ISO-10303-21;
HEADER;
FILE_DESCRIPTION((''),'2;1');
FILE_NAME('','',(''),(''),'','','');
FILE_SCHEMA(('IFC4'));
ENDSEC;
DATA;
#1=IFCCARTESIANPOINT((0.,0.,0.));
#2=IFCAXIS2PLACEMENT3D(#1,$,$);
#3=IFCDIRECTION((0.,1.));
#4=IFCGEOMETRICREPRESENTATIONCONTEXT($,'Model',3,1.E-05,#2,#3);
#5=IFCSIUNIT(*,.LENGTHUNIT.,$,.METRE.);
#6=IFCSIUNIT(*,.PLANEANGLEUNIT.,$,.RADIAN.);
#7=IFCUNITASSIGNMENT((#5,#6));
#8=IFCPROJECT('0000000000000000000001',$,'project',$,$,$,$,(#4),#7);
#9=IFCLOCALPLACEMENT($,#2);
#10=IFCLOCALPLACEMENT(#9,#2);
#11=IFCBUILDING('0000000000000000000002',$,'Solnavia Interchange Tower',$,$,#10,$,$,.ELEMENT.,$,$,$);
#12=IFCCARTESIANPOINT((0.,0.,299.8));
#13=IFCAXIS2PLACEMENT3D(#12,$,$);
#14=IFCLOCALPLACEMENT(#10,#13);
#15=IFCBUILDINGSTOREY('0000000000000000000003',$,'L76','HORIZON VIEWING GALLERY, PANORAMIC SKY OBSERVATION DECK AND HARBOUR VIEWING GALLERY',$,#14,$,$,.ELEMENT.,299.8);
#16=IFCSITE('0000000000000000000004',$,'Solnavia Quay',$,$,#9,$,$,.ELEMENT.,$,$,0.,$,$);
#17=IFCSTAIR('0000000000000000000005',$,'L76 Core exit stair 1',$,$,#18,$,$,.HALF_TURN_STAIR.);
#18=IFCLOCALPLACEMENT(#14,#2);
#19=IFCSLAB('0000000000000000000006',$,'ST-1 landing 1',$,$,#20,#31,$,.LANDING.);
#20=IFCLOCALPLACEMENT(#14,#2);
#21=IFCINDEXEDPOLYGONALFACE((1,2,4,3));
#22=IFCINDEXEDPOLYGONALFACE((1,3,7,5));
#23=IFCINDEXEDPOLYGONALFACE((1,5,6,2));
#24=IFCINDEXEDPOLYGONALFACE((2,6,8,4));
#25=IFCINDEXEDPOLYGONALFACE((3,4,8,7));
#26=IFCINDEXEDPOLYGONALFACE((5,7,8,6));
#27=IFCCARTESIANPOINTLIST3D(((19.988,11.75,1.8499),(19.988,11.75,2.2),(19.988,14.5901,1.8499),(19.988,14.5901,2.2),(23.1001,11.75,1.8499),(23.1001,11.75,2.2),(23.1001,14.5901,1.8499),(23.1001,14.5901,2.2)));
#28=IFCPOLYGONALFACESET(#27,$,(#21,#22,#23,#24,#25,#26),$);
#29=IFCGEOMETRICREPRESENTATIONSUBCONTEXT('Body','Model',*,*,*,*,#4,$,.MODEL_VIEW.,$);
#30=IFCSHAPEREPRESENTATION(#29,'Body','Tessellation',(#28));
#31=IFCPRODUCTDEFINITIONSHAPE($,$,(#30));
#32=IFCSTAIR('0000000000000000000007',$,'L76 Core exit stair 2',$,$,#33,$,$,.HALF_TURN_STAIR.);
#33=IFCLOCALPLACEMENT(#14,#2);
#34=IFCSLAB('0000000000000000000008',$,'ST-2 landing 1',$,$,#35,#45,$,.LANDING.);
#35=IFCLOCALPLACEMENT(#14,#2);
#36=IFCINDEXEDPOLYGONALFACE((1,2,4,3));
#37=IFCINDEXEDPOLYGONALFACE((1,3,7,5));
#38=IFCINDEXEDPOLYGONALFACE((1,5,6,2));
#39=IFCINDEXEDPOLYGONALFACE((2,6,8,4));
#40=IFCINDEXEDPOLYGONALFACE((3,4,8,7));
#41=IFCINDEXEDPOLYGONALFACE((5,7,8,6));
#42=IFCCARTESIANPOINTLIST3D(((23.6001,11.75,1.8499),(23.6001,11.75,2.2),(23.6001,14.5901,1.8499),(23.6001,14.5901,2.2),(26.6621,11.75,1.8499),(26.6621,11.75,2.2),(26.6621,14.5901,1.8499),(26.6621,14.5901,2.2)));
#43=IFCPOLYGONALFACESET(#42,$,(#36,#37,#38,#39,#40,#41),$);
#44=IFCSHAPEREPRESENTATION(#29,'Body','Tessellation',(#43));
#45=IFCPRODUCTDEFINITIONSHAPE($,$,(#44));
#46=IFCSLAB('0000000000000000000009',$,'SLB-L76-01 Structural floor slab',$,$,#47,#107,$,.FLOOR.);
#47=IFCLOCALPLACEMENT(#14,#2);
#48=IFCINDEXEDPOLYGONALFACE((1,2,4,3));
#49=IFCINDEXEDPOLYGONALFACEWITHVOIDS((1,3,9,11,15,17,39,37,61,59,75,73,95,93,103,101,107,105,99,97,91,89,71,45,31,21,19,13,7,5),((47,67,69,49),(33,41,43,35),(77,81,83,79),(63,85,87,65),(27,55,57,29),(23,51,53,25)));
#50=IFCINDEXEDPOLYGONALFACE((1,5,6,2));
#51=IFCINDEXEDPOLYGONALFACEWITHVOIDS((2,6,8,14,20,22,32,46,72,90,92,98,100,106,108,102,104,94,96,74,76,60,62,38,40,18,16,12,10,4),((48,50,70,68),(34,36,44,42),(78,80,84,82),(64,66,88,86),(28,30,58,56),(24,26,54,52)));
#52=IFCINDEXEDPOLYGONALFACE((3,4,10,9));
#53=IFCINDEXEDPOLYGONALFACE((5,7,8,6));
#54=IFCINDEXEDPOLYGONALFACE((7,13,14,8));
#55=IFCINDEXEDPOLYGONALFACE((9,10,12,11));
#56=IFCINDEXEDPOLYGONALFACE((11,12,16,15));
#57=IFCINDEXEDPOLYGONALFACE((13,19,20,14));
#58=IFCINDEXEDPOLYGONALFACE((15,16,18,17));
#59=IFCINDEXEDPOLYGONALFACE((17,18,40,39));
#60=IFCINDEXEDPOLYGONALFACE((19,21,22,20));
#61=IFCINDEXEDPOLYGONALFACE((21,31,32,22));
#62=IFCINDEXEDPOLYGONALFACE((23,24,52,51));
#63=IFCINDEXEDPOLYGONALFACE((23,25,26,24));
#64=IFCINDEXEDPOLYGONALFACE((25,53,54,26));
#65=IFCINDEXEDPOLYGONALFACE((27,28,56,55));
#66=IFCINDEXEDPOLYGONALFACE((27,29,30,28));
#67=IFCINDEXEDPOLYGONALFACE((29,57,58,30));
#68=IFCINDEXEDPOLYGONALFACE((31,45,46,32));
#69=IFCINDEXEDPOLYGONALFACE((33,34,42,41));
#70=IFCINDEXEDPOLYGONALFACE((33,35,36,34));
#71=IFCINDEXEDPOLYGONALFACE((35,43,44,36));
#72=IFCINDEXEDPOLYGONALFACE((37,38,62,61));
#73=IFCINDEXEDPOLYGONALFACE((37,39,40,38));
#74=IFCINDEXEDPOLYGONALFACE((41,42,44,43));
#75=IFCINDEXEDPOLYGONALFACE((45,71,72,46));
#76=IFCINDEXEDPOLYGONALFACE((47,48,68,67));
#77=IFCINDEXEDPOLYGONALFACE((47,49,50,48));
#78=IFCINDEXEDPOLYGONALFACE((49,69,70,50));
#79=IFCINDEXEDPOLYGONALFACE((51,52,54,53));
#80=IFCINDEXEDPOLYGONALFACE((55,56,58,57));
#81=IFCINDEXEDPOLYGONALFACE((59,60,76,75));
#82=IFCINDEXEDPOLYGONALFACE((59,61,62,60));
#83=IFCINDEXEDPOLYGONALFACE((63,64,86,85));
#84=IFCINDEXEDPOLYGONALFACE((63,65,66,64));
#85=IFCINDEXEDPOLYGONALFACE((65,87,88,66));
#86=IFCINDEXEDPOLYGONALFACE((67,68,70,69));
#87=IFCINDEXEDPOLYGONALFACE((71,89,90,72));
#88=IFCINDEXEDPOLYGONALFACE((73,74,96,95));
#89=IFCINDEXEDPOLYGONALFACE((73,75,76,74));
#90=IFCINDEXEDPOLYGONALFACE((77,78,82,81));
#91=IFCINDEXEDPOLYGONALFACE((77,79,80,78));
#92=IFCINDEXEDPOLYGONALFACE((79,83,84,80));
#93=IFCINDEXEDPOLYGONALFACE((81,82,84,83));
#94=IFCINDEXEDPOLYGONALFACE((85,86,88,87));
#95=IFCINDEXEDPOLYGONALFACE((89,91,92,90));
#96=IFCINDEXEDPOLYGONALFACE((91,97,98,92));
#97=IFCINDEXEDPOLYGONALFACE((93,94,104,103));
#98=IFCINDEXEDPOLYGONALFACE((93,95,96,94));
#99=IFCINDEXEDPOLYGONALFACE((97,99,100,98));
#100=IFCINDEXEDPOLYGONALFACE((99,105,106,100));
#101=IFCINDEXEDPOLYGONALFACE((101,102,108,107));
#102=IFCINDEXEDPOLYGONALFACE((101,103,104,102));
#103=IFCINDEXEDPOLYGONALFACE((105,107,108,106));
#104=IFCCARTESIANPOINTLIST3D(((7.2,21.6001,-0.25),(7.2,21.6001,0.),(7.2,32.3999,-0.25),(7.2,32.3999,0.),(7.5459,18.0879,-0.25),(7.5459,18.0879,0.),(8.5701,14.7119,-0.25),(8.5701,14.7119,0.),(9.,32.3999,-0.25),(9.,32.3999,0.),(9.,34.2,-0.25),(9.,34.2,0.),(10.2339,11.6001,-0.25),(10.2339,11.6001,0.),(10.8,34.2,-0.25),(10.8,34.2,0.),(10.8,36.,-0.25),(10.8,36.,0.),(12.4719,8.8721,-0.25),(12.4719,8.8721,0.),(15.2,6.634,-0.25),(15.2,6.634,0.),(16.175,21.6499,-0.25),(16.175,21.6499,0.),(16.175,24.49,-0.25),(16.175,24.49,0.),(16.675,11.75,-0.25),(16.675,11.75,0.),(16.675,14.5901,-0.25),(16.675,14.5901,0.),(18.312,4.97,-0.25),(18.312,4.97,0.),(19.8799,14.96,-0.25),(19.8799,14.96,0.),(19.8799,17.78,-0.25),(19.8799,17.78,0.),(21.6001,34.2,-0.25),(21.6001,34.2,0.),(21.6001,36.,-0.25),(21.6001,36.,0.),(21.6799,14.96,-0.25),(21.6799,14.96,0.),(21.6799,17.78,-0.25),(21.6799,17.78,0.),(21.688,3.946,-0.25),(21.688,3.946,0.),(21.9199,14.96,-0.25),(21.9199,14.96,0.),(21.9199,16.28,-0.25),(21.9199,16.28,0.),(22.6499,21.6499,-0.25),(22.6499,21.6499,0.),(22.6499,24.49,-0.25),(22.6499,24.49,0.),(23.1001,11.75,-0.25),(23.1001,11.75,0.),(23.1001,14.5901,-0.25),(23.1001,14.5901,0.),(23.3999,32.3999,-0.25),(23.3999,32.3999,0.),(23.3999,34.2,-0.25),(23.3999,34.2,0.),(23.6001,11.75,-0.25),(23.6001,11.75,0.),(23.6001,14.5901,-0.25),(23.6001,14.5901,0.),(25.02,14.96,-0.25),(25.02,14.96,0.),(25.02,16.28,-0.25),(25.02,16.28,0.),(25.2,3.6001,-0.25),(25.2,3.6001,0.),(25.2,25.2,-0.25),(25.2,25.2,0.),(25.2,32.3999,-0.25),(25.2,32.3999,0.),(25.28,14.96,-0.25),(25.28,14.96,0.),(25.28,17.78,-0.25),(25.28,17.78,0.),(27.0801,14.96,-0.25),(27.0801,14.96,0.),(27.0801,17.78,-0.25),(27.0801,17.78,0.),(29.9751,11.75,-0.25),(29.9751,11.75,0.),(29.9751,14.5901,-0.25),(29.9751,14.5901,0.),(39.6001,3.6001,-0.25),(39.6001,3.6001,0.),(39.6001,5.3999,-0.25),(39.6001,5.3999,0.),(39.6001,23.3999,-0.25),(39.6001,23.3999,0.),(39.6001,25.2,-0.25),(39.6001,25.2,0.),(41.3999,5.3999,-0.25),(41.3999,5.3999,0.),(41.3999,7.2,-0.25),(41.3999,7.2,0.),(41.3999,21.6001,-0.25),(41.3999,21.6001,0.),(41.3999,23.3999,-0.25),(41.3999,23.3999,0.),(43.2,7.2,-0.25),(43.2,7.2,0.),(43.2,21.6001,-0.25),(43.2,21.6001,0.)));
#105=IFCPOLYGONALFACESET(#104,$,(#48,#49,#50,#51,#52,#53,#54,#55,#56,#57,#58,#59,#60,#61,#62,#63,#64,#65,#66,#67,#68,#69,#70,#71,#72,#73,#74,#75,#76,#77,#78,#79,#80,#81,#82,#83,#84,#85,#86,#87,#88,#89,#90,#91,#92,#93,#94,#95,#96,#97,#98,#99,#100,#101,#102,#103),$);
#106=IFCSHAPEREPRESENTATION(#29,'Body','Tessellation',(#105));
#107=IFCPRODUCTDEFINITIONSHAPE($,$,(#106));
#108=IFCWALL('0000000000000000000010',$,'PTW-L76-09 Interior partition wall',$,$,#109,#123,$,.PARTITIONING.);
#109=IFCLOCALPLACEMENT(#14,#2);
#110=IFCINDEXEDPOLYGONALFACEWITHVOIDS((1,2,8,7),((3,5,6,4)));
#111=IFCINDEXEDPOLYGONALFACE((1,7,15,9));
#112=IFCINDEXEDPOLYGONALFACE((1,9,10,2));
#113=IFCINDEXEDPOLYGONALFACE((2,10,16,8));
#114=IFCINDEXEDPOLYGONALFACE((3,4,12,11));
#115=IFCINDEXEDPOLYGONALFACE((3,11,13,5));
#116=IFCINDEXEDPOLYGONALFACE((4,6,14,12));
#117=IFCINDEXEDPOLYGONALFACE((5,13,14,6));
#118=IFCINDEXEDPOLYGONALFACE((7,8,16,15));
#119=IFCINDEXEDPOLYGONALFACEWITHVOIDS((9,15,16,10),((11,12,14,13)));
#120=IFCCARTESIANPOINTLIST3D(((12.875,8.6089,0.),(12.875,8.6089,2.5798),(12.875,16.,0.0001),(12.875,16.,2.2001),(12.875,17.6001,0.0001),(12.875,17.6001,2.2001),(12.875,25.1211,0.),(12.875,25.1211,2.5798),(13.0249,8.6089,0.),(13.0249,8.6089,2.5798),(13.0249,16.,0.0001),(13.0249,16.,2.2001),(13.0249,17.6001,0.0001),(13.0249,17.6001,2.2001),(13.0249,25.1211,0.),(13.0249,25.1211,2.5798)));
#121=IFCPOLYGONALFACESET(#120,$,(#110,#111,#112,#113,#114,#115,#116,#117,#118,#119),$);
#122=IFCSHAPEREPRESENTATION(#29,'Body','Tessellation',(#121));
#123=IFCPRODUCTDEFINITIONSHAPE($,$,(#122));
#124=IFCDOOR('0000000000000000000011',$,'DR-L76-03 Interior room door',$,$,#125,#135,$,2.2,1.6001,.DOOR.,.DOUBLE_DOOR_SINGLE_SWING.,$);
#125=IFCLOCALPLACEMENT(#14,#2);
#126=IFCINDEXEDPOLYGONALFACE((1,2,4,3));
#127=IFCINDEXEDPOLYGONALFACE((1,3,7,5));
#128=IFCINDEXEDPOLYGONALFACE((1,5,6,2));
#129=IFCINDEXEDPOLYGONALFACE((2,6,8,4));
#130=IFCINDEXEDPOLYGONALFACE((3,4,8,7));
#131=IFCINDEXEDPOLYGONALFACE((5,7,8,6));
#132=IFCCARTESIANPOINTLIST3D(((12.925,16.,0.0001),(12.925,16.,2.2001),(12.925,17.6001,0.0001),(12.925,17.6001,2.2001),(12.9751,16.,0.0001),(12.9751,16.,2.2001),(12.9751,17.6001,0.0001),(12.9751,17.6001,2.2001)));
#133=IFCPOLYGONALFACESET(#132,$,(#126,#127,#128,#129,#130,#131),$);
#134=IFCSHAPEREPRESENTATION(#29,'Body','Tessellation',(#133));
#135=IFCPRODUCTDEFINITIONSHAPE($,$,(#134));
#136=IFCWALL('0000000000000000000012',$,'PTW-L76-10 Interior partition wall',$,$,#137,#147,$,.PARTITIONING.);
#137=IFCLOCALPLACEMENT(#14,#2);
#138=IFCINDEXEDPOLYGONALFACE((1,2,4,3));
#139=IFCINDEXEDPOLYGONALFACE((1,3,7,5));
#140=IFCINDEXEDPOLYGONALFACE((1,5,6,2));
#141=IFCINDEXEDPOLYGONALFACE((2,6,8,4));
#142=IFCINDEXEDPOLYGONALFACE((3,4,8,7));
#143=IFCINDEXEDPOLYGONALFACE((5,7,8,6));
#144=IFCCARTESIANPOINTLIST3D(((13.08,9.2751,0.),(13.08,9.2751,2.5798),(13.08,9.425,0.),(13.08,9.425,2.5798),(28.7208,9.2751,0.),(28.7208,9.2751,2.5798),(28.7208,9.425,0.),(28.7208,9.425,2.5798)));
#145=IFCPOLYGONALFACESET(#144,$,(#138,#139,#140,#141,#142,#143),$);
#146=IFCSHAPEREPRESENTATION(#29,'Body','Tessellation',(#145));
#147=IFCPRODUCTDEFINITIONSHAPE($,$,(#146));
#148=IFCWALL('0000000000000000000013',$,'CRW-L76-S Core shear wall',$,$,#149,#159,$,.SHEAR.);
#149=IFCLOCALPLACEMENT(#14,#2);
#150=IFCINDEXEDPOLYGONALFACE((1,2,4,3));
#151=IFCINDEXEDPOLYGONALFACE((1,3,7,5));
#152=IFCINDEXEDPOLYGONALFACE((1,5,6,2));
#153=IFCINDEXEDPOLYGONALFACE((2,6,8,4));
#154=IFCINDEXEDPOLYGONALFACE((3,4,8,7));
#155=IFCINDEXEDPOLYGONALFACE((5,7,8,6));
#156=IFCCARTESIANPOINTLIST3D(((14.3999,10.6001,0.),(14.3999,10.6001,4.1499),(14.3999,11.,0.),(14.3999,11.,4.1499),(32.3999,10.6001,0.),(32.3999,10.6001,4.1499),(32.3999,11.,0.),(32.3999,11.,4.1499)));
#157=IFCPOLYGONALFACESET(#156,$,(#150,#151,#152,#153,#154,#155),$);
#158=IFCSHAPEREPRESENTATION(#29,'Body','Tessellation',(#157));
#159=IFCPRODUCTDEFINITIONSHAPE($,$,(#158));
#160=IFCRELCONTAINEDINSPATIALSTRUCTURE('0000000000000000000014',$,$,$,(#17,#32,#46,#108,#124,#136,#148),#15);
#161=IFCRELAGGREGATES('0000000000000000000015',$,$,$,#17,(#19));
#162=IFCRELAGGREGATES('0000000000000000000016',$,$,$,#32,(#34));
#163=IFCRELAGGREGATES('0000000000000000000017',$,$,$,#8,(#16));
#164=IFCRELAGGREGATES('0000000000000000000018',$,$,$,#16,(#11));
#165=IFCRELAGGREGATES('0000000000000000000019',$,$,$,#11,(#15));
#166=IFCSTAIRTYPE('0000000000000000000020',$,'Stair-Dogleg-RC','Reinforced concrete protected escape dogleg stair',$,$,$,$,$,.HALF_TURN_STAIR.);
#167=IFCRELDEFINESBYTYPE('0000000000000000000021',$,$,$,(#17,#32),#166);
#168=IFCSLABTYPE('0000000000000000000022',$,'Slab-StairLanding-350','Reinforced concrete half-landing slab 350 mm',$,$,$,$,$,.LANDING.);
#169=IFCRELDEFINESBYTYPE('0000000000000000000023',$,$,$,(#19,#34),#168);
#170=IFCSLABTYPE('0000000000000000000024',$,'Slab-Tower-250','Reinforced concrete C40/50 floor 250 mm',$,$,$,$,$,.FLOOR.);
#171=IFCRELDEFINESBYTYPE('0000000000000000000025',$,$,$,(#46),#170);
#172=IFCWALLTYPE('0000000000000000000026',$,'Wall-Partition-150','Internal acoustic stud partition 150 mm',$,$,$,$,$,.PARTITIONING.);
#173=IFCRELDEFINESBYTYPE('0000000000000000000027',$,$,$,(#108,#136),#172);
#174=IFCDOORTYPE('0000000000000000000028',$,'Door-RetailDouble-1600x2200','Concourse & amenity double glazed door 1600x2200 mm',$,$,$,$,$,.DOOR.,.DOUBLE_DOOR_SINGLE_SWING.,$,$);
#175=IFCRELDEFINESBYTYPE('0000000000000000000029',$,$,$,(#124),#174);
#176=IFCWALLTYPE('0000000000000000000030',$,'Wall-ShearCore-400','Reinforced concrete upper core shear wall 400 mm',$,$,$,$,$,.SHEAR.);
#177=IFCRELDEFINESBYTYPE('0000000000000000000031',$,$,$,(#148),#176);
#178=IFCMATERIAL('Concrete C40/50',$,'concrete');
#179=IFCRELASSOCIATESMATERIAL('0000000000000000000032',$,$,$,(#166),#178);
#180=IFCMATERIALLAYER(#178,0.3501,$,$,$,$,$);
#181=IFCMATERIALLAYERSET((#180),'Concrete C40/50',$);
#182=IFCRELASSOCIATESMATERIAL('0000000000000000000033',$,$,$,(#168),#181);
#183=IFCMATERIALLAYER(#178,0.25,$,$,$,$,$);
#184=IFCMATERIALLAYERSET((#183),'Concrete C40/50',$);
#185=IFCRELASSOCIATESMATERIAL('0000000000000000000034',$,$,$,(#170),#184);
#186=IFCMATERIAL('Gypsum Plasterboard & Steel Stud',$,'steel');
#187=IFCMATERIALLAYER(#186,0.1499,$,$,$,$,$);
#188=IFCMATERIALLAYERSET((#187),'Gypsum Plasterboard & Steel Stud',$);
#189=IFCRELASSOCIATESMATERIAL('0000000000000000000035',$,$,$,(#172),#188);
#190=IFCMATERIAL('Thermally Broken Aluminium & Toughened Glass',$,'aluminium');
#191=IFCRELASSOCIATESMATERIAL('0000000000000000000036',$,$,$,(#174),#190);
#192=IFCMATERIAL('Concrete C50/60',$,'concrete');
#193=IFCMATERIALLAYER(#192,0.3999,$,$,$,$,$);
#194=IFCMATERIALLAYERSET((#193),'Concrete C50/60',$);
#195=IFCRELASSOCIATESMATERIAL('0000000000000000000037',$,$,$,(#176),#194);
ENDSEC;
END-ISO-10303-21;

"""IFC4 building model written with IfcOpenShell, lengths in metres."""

from ifc_helpers import new_model, si_unit, direction, frame, frame_2d, origin, place, context, subcontext, project, spatial, polyline, rectangle, outline, extrude, material, layer, layer_set, type_object, element, fill, aggregate, save


model = new_model("IFC4")

# Units and contexts
model_context = context("Model", 3, precision=1e-05, world=origin(), true_north=direction((0.0, 1.0)))
body_context = subcontext(model_context, "Body", "Model", "MODEL_VIEW")
ifc_project = project(units=[si_unit("LENGTHUNIT", "METRE"), si_unit("PLANEANGLEUNIT", "RADIAN")], contexts=[model_context])

# Site, building, storey
site_placement = place(None, origin())
site = spatial("IfcSite", under=ifc_project, at=site_placement, Name="Solnavia Quay", CompositionType="ELEMENT", RefElevation=0.0)
building_placement = place(site_placement, origin())
building = spatial("IfcBuilding", under=site, at=building_placement, Name="Solnavia Interchange Tower", CompositionType="ELEMENT")
storey_placement = place(building_placement, frame((0.0, 0.0, 299.8)))
storey = spatial("IfcBuildingStorey", under=building, at=storey_placement, Name="L76", Description="HORIZON VIEWING GALLERY, PANORAMIC SKY OBSERVATION DECK AND HARBOUR VIEWING GALLERY", CompositionType="ELEMENT", Elevation=299.8)

# Shared definitions
ifc_material_1 = material(Name="Concrete C50/60", Category="concrete")

# Stairs, slabs
ifc_material_2 = material(Name="Concrete C40/50", Category="concrete")
stair_type = type_object("IfcStairType", Name="Stair-Dogleg-RC", Description="Reinforced concrete protected escape dogleg stair", PredefinedType="HALF_TURN_STAIR", material=ifc_material_2)
stair_1_placement = place(storey_placement, origin())
stair_1 = element("IfcStair", 1, at=stair_1_placement, inside=storey, type_object=stair_type, Name="L76 Core exit stair 1", PredefinedType="HALF_TURN_STAIR")
ifc_layer_1 = layer(ifc_material_2, 0.3501)
ifc_layer_set_1 = layer_set([ifc_layer_1], Name="Concrete C40/50")
slab_type_1 = type_object("IfcSlabType", Name="Slab-StairLanding-350", Description="Reinforced concrete half-landing slab 350 mm", PredefinedType="LANDING", material=ifc_layer_set_1)
slab_1_placement = place(storey_placement, frame((0.0, 0.0, 1.8499)))
slab_1 = element("IfcSlab", 2, at=slab_1_placement, type_object=slab_type_1, Name="ST-1 landing 1", PredefinedType="LANDING", context=body_context, shape_type="SweptSolid", body=[
    extrude(outline(polyline([(19.988, 11.75), (23.1001, 11.75), (23.1001, 14.5901), (19.988, 14.5901), (19.988, 11.75)])), origin(), (0.0, 0.0, 1.0), 0.3501),
])
aggregate(stair_1, [slab_1])
stair_2_placement = place(storey_placement, origin())
stair_2 = element("IfcStair", 3, at=stair_2_placement, inside=storey, type_object=stair_type, Name="L76 Core exit stair 2", PredefinedType="HALF_TURN_STAIR")
slab_2_placement = place(storey_placement, frame((0.0, 0.0, 1.8499)))
slab_2 = element("IfcSlab", 4, at=slab_2_placement, type_object=slab_type_1, Name="ST-2 landing 1", PredefinedType="LANDING", context=body_context, shape_type="SweptSolid", body=[
    extrude(outline(polyline([(23.6001, 11.75), (26.6621, 11.75), (26.6621, 14.5901), (23.6001, 14.5901), (23.6001, 11.75)])), origin(), (0.0, 0.0, 1.0), 0.3501),
])
aggregate(stair_2, [slab_2])

# Slab
ifc_layer_2 = layer(ifc_material_2, 0.25)
ifc_layer_set_2 = layer_set([ifc_layer_2], Name="Concrete C40/50")
slab_type_2 = type_object("IfcSlabType", Name="Slab-Tower-250", Description="Reinforced concrete C40/50 floor 250 mm", PredefinedType="FLOOR", material=ifc_layer_set_2)
slab_3_placement = place(storey_placement, frame((0.0, 0.0, -0.25)))
element("IfcSlab", 5, at=slab_3_placement, inside=storey, type_object=slab_type_2, Name="SLB-L76-01 Structural floor slab", PredefinedType="FLOOR", context=body_context, shape_type="SweptSolid", body=[
    extrude(outline(polyline([(25.2, 3.6001), (39.6001, 3.6001), (39.6001, 5.3999), (41.3999, 5.3999), (41.3999, 7.2), (43.2, 7.2), (43.2, 21.6001), (41.3999, 21.6001), (41.3999, 23.3999), (39.6001, 23.3999), (39.6001, 25.2), (25.2, 25.2), (25.2, 32.3999), (23.3999, 32.3999), (23.3999, 34.2), (21.6001, 34.2), (21.6001, 36.0), (10.8, 36.0), (10.8, 34.2), (9.0, 34.2), (9.0, 32.3999), (7.2, 32.3999), (7.2, 21.6001), (7.5459, 18.0879), (8.5701, 14.7119), (10.2339, 11.6001), (12.4719, 8.8721), (15.2, 6.634), (18.312, 4.97), (21.688, 3.946), (25.2, 3.6001)]), holes=[polyline([(16.675, 11.75), (23.1001, 11.75), (23.1001, 14.5901), (16.675, 14.5901), (16.675, 11.75)]), polyline([(23.6001, 11.75), (29.9751, 11.75), (29.9751, 14.5901), (23.6001, 14.5901), (23.6001, 11.75)]), polyline([(16.175, 21.6499), (22.6499, 21.6499), (22.6499, 24.49), (16.175, 24.49), (16.175, 21.6499)]), polyline([(19.8799, 14.96), (21.6799, 14.96), (21.6799, 17.78), (19.8799, 17.78), (19.8799, 14.96)]), polyline([(25.28, 14.96), (27.0801, 14.96), (27.0801, 17.78), (25.28, 17.78), (25.28, 14.96)]), polyline([(21.9199, 14.96), (25.02, 14.96), (25.02, 16.28), (21.9199, 16.28), (21.9199, 14.96)])]), origin(), (0.0, 0.0, 1.0), 0.25),
])

# Wall, opening, door
ifc_material_3 = material(Name="Gypsum Plasterboard & Steel Stud", Category="steel")
ifc_layer_3 = layer(ifc_material_3, 0.1499)
ifc_layer_set_3 = layer_set([ifc_layer_3], Name="Gypsum Plasterboard & Steel Stud")
wall_type_1 = type_object("IfcWallType", Name="Wall-Partition-150", Description="Internal acoustic stud partition 150 mm", PredefinedType="PARTITIONING", material=ifc_layer_set_3)
wall_1_placement = place(storey_placement, frame((12.95, 8.6089, 0.0), z_axis=(0.0, 0.0, 1.0), x_axis=(0.0, 1.0, 0.0)))
wall_1 = element("IfcWall", 6, at=wall_1_placement, inside=storey, type_object=wall_type_1, Name="PTW-L76-09 Interior partition wall", PredefinedType="PARTITIONING", context=body_context, shape_type="SweptSolid", body=[
    extrude(rectangle(XDim=16.5122, YDim=0.1499, at=frame_2d((8.2561, 0.0))), origin(), (0.0, 0.0, 1.0), 2.5798),
])
opening_1_placement = place(wall_1_placement, frame((7.3911, 0.0, 0.0)))
opening_1 = element("IfcOpeningElement", 7, at=opening_1_placement, cuts=wall_1, PredefinedType="OPENING", context=body_context, shape_type="SweptSolid", body=[
    extrude(rectangle(XDim=1.6001, YDim=2.2, at=frame_2d((0.8, 1.1001))), frame((0.0, 0.085, 0.0), z_axis=(0.0, -1.0, 0.0), x_axis=(1.0, 0.0, 0.0)), (0.0, 0.0, 1.0), 0.1699),
])
ifc_material_4 = material(Name="Thermally Broken Aluminium & Toughened Glass", Category="aluminium")
door_type_1 = type_object("IfcDoorType", Name="Door-RetailDouble-1600x2200", Description="Concourse & amenity double glazed door 1600x2200 mm", OperationType="DOUBLE_DOOR_SINGLE_SWING", PredefinedType="DOOR", material=ifc_material_4)
door_1_placement = place(opening_1_placement, origin())
door_1 = element("IfcDoor", 8, at=door_1_placement, inside=storey, type_object=door_type_1, Name="DR-L76-03 Interior room door", OperationType="DOUBLE_DOOR_SINGLE_SWING", OverallHeight=2.2, OverallWidth=1.6001, PredefinedType="DOOR", context=body_context, shape_type="SweptSolid", body=[
    extrude(rectangle(XDim=1.6001, YDim=2.2, at=frame_2d((0.8, 1.1001))), frame((0.0, 0.0249, 0.0), z_axis=(0.0, -1.0, 0.0), x_axis=(1.0, 0.0, 0.0)), (0.0, 0.0, 1.0), 0.05),
])
fill(opening_1, door_1)

# Walls
wall_2_placement = place(storey_placement, frame((13.0801, 9.3501, 0.0), z_axis=(0.0, 0.0, 1.0), x_axis=(1.0, 0.0, 0.0)))
element("IfcWall", 9, at=wall_2_placement, inside=storey, type_object=wall_type_1, Name="PTW-L76-10 Interior partition wall", PredefinedType="PARTITIONING", context=body_context, shape_type="SweptSolid", body=[
    extrude(rectangle(XDim=15.6409, YDim=0.1499, at=frame_2d((7.8203, 0.0))), origin(), (0.0, 0.0, 1.0), 2.5798),
])
ifc_layer_4 = layer(ifc_material_1, 0.3999)
ifc_layer_set_4 = layer_set([ifc_layer_4], Name="Concrete C50/60")
wall_type_2 = type_object("IfcWallType", Name="Wall-ShearCore-400", Description="Reinforced concrete upper core shear wall 400 mm", PredefinedType="SHEAR", material=ifc_layer_set_4)
wall_3_placement = place(storey_placement, frame((14.3999, 10.8, 0.0), z_axis=(0.0, 0.0, 1.0), x_axis=(1.0, 0.0, 0.0)))
element("IfcWall", 10, at=wall_3_placement, inside=storey, type_object=wall_type_2, Name="CRW-L76-S Core shear wall", PredefinedType="SHEAR", context=body_context, shape_type="SweptSolid", body=[
    extrude(rectangle(XDim=18.0, YDim=0.3999, at=frame_2d((9.0, 0.0))), origin(), (0.0, 0.0, 1.0), 4.1499),
])

save(model, "model.ifc")
